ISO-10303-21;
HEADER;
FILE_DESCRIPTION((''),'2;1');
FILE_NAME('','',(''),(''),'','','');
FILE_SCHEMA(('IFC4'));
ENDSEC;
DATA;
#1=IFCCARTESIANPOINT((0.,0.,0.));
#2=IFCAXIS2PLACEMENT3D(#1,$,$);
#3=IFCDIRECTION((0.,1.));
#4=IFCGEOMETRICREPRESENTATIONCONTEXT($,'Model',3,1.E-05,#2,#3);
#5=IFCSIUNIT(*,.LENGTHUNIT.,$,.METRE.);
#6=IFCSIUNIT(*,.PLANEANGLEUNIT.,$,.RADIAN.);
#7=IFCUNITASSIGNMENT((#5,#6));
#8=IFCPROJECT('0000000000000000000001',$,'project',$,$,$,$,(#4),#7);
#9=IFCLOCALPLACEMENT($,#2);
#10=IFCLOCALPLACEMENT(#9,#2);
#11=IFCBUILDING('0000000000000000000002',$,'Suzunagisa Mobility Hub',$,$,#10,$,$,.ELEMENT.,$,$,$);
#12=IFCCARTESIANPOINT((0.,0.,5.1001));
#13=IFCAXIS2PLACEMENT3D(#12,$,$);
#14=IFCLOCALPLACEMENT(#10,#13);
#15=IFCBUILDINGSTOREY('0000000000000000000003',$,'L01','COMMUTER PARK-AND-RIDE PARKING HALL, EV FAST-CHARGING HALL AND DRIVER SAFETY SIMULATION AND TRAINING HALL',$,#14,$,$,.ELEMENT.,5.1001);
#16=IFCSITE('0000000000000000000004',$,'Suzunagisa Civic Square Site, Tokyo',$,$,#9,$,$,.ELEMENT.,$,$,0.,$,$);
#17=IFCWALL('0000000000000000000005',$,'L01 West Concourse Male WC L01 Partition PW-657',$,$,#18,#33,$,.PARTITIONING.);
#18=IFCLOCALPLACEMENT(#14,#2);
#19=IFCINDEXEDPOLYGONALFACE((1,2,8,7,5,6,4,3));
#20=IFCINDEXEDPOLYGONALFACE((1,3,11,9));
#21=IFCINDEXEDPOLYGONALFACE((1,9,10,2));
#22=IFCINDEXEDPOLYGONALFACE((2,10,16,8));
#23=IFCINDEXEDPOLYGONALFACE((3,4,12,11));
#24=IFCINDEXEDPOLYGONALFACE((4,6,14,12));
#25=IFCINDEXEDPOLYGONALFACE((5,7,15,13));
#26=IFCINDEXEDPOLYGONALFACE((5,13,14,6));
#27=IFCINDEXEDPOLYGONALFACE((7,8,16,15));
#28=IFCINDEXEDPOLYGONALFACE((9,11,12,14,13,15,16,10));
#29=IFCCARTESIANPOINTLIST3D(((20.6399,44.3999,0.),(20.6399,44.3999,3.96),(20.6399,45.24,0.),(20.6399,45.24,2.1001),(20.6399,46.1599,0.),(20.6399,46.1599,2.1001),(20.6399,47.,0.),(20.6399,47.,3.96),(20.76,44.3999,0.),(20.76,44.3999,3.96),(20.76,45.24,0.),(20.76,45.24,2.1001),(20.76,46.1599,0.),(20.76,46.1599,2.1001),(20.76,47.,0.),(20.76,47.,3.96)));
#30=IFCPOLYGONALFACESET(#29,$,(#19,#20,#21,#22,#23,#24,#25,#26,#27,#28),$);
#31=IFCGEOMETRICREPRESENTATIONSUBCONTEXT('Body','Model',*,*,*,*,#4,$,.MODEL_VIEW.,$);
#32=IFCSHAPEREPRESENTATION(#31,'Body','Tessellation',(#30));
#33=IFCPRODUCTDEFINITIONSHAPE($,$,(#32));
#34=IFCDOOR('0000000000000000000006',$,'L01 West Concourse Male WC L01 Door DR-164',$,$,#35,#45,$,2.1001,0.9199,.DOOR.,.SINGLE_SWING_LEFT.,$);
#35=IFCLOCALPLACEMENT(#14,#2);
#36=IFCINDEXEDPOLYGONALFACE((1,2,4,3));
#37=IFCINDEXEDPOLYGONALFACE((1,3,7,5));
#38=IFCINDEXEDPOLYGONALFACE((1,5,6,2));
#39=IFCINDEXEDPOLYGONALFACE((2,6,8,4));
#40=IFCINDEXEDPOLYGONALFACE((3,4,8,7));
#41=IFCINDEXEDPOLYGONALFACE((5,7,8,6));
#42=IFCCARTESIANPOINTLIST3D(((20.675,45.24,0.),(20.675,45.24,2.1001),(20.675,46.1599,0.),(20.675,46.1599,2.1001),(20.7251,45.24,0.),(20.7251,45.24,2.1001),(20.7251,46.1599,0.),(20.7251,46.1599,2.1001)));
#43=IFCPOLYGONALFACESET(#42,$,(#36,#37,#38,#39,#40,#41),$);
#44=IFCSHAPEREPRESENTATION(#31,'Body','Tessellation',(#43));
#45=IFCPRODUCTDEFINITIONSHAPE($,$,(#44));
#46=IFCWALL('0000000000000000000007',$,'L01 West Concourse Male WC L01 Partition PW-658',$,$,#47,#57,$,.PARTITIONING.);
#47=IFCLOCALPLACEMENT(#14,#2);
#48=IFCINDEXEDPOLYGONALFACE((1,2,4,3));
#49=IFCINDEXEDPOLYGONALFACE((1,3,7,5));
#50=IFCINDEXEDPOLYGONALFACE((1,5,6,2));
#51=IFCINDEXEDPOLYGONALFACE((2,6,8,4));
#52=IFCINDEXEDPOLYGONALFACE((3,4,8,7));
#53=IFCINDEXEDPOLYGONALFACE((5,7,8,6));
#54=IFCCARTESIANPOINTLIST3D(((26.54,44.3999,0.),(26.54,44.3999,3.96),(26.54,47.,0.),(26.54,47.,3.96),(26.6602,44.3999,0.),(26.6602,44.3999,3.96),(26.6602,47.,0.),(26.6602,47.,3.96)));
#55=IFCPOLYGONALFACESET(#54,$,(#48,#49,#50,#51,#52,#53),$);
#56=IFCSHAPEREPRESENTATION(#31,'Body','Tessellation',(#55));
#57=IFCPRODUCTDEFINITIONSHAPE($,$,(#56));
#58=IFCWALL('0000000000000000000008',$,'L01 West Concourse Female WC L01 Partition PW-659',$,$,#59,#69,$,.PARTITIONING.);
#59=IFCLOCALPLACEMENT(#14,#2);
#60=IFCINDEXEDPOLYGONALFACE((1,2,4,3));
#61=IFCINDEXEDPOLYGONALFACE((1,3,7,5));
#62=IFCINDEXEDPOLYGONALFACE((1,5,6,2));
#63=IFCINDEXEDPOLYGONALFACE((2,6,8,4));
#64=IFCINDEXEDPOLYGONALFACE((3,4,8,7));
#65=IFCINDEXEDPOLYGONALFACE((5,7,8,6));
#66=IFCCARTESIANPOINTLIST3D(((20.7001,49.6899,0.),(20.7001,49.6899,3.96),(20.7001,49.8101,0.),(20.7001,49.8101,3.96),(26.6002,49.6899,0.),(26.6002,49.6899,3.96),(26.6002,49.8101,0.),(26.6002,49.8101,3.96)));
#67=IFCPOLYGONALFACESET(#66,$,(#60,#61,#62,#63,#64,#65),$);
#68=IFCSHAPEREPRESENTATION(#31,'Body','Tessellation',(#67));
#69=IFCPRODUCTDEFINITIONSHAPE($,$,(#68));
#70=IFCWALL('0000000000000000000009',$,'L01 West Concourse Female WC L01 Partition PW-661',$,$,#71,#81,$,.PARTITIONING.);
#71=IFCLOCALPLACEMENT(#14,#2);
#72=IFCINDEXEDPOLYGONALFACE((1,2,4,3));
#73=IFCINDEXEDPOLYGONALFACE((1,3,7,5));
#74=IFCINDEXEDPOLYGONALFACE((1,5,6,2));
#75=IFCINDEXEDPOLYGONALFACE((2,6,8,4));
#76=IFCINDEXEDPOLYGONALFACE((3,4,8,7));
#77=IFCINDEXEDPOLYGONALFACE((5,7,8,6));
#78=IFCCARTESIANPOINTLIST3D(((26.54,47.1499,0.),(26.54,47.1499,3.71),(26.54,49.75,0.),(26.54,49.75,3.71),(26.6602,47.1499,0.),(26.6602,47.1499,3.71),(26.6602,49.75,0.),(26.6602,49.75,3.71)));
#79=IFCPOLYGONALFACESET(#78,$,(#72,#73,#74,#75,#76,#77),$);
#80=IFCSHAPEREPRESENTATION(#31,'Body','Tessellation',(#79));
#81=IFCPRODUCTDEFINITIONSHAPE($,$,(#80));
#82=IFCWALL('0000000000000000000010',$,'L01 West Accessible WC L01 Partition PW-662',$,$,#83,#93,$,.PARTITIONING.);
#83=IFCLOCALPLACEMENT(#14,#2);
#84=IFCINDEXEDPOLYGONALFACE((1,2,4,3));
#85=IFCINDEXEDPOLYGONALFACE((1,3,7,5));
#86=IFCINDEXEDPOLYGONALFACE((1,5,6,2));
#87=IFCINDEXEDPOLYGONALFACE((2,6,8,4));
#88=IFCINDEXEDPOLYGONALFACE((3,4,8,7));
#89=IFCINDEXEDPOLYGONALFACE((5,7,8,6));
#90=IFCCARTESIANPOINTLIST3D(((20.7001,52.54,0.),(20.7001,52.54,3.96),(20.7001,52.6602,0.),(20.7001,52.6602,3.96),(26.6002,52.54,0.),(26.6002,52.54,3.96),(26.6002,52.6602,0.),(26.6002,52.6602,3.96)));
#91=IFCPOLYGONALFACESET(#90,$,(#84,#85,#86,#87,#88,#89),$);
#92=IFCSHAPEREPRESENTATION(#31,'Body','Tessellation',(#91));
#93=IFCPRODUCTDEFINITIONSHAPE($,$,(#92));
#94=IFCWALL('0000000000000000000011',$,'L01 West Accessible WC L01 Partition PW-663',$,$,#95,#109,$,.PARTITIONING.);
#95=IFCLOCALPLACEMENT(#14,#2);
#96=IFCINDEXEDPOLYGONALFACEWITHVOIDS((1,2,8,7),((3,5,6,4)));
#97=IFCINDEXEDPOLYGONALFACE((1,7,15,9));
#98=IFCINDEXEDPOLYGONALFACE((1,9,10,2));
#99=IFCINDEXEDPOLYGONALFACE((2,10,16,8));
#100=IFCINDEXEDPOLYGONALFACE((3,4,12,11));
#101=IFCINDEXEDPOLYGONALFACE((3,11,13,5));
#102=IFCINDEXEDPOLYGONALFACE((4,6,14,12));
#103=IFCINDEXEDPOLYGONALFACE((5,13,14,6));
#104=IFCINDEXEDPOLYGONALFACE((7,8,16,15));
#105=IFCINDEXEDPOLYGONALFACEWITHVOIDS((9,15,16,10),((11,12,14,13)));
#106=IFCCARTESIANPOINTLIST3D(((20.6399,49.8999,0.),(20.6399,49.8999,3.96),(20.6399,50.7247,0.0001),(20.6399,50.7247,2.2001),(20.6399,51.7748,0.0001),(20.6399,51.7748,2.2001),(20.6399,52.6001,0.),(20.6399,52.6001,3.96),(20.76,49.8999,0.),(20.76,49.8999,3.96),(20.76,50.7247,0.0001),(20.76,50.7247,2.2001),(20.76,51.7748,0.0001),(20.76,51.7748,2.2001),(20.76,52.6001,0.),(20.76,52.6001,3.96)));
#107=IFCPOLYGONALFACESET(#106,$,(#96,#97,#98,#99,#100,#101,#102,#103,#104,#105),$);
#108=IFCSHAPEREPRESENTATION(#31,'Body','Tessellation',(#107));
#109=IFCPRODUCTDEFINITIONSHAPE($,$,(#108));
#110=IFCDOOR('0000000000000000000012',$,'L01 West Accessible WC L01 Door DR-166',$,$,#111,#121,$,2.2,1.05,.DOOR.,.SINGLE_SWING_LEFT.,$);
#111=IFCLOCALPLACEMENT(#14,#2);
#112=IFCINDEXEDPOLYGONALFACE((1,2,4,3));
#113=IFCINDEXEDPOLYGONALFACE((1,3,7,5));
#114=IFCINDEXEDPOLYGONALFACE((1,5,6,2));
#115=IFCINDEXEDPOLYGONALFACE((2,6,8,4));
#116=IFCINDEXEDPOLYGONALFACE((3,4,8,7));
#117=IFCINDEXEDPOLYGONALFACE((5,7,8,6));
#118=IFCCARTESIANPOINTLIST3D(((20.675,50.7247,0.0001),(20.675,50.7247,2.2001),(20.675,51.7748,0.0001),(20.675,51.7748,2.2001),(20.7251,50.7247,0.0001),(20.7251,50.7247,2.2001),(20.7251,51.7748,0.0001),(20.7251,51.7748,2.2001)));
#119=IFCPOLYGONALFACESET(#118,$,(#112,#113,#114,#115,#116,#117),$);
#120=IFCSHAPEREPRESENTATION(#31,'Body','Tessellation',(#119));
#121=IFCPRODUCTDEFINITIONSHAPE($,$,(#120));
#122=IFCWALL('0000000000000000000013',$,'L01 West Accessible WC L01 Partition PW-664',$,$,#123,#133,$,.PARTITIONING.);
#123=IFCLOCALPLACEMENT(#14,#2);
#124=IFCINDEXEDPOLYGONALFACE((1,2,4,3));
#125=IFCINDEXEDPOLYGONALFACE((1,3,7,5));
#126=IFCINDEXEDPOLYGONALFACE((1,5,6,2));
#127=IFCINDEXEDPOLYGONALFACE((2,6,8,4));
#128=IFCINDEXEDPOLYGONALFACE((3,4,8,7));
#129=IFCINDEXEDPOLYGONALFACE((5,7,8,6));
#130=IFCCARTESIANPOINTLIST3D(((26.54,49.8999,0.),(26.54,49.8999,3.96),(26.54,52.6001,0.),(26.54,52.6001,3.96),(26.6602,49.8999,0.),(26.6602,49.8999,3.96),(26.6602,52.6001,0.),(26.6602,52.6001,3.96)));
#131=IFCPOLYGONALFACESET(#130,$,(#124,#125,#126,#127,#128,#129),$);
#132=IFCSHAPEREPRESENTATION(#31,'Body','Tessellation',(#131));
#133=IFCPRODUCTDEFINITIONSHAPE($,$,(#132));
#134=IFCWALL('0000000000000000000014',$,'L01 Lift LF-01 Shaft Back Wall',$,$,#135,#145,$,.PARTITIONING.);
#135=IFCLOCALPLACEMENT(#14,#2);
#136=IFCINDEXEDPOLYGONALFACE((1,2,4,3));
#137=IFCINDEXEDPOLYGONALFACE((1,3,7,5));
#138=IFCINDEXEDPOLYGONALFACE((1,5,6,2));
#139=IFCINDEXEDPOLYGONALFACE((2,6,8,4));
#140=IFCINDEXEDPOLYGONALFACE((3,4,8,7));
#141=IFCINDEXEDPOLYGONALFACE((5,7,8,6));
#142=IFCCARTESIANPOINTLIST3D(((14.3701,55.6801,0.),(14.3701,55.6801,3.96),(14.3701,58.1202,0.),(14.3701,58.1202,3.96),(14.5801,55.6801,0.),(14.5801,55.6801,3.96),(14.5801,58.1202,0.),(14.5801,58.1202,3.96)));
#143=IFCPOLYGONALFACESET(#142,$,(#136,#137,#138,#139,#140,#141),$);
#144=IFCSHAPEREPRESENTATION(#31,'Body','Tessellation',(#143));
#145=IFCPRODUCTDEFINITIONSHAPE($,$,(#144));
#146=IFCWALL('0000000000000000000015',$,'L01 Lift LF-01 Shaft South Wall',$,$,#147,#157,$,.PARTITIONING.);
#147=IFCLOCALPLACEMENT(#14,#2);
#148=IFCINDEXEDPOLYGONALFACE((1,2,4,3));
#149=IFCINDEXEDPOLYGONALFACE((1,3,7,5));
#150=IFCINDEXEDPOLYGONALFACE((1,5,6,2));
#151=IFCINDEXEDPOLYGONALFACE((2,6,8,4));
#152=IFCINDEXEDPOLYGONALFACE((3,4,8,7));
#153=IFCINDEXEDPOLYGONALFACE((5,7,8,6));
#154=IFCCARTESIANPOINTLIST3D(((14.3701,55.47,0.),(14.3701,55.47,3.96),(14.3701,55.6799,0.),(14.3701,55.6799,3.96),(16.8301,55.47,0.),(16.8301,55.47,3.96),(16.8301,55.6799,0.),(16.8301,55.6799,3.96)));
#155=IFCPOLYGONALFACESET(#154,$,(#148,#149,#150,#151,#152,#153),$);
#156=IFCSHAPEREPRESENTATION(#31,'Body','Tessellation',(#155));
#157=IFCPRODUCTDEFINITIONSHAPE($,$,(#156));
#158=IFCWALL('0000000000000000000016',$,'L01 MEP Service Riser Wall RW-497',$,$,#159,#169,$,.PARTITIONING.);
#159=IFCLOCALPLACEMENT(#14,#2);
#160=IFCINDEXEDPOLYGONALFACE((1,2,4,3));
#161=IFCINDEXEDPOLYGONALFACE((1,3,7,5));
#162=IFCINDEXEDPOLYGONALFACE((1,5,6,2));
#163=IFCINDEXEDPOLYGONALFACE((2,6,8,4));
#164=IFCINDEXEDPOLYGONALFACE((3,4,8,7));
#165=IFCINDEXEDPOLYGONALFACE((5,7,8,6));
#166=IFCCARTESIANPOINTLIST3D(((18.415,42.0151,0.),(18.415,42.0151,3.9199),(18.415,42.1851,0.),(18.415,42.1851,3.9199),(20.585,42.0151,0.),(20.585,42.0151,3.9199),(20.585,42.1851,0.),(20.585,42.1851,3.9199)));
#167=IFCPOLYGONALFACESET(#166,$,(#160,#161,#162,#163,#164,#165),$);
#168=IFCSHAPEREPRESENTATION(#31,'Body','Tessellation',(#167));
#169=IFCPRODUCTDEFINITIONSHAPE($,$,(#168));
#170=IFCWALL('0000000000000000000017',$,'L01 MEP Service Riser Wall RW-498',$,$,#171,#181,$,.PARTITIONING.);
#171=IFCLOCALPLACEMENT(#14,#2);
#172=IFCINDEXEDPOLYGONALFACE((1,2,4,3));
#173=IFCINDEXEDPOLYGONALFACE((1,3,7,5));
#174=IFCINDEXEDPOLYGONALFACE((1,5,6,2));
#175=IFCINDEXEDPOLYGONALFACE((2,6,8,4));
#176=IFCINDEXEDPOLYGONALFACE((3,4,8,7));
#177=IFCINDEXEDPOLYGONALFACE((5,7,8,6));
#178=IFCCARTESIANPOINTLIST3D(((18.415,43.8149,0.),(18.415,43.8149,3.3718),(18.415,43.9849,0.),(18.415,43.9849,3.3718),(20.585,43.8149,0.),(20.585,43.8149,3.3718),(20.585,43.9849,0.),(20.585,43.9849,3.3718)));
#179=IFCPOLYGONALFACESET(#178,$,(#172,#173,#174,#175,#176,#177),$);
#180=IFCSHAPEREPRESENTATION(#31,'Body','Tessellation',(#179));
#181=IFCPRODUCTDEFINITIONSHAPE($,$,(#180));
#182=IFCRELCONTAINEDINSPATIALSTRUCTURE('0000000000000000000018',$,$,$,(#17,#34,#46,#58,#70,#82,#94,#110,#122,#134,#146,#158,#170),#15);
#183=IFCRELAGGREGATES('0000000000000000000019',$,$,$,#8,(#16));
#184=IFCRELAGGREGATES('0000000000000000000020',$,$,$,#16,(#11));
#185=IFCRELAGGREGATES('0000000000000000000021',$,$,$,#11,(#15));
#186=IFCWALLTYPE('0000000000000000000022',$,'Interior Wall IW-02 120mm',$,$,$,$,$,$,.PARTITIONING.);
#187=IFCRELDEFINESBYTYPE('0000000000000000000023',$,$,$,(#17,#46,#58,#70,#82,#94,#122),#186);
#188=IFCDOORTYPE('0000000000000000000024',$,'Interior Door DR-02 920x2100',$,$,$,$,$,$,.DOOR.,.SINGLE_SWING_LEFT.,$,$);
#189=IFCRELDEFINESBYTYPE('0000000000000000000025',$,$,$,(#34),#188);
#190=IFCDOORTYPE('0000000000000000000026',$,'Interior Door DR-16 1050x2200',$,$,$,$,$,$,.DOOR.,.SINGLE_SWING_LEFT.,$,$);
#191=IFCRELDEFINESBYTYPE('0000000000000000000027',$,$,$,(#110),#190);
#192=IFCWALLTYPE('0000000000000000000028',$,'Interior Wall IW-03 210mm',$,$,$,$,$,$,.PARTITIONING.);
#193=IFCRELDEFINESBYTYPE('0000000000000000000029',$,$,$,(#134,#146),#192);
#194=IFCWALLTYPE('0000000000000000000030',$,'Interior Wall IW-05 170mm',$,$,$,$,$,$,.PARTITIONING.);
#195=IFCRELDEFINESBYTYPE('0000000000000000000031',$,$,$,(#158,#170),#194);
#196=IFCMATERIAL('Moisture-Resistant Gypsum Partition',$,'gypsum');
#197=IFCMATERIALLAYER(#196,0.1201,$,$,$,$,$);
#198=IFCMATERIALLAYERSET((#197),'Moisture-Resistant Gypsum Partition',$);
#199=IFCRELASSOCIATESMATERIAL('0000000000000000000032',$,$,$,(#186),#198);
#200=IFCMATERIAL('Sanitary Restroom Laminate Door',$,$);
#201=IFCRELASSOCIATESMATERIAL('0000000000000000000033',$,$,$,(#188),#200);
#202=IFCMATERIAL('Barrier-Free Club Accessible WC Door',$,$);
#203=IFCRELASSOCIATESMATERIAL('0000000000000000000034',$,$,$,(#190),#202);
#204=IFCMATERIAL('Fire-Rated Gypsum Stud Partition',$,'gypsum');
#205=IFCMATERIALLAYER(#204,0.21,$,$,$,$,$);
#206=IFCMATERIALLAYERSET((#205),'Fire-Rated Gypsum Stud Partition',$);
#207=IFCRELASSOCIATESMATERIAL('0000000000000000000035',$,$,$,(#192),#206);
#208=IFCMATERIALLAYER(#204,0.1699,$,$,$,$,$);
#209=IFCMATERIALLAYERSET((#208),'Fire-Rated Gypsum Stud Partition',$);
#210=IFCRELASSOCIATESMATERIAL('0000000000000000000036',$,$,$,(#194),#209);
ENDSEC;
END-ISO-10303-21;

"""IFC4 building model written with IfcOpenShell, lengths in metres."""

from ifc_helpers import new_model, si_unit, direction, frame, frame_2d, origin, place, context, subcontext, project, spatial, rectangle, extrude, material, layer, layer_set, type_object, element, fill, save


model = new_model("IFC4")

# Units and contexts
model_context = context("Model", 3, precision=1e-05, world=origin(), true_north=direction((0.0, 1.0)))
body_context = subcontext(model_context, "Body", "Model", "MODEL_VIEW")
ifc_project = project(units=[si_unit("LENGTHUNIT", "METRE"), si_unit("PLANEANGLEUNIT", "RADIAN")], contexts=[model_context])

# Site, building, storey
site_placement = place(None, origin())
site = spatial("IfcSite", under=ifc_project, at=site_placement, Name="Suzunagisa Civic Square Site, Tokyo", CompositionType="ELEMENT", RefElevation=0.0)
building_placement = place(site_placement, origin())
building = spatial("IfcBuilding", under=site, at=building_placement, Name="Suzunagisa Mobility Hub", CompositionType="ELEMENT")
storey_placement = place(building_placement, frame((0.0, 0.0, 5.1001)))
storey = spatial("IfcBuildingStorey", under=building, at=storey_placement, Name="L01", Description="COMMUTER PARK-AND-RIDE PARKING HALL, EV FAST-CHARGING HALL AND DRIVER SAFETY SIMULATION AND TRAINING HALL", CompositionType="ELEMENT", Elevation=5.1001)

# Shared definitions
ifc_material_1 = material(Name="Moisture-Resistant Gypsum Partition", Category="gypsum")
ifc_layer_1 = layer(ifc_material_1, 0.1201)
ifc_layer_set_1 = layer_set([ifc_layer_1], Name="Moisture-Resistant Gypsum Partition")
wall_type_1 = type_object("IfcWallType", Name="Interior Wall IW-02 120mm", PredefinedType="PARTITIONING", material=ifc_layer_set_1)

# Wall, opening, door
wall_1_placement = place(storey_placement, frame((20.7, 44.3999, 0.0), z_axis=(0.0, 0.0, 1.0), x_axis=(0.0, 1.0, 0.0)))
wall_1 = element("IfcWall", 1, at=wall_1_placement, inside=storey, type_object=wall_type_1, Name="L01 West Concourse Male WC L01 Partition PW-657", PredefinedType="PARTITIONING", context=body_context, shape_type="SweptSolid", body=[
    extrude(rectangle(XDim=2.6001, YDim=0.1201, at=frame_2d((1.3, 0.0))), origin(), (0.0, 0.0, 1.0), 3.96),
])
opening_1_placement = place(wall_1_placement, frame((0.8401, 0.0, 0.0)))
opening_1 = element("IfcOpeningElement", 2, at=opening_1_placement, cuts=wall_1, PredefinedType="OPENING", context=body_context, shape_type="SweptSolid", body=[
    extrude(rectangle(XDim=0.9199, YDim=2.1001, at=frame_2d((0.46, 1.05))), frame((0.0, 0.071, 0.0), z_axis=(0.0, -1.0, 0.0), x_axis=(1.0, 0.0, 0.0)), (0.0, 0.0, 1.0), 0.1421),
])
ifc_material_2 = material(Name="Sanitary Restroom Laminate Door")
door_type_1 = type_object("IfcDoorType", Name="Interior Door DR-02 920x2100", OperationType="SINGLE_SWING_LEFT", PredefinedType="DOOR", material=ifc_material_2)
door_1_placement = place(opening_1_placement, origin())
door_1 = element("IfcDoor", 3, at=door_1_placement, inside=storey, type_object=door_type_1, Name="L01 West Concourse Male WC L01 Door DR-164", OperationType="SINGLE_SWING_LEFT", OverallHeight=2.1001, OverallWidth=0.9199, PredefinedType="DOOR", context=body_context, shape_type="SweptSolid", body=[
    extrude(rectangle(XDim=0.9199, YDim=2.1001, at=frame_2d((0.46, 1.05))), frame((0.0, 0.0249, 0.0), z_axis=(0.0, -1.0, 0.0), x_axis=(1.0, 0.0, 0.0)), (0.0, 0.0, 1.0), 0.05),
])
fill(opening_1, door_1)

# Walls
wall_2_placement = place(storey_placement, frame((26.6001, 44.3999, 0.0), z_axis=(0.0, 0.0, 1.0), x_axis=(0.0, 1.0, 0.0)))
element("IfcWall", 4, at=wall_2_placement, inside=storey, type_object=wall_type_1, Name="L01 West Concourse Male WC L01 Partition PW-658", PredefinedType="PARTITIONING", context=body_context, shape_type="SweptSolid", body=[
    extrude(rectangle(XDim=2.6001, YDim=0.1201, at=frame_2d((1.3, 0.0))), origin(), (0.0, 0.0, 1.0), 3.96),
])
wall_3_placement = place(storey_placement, frame((20.7, 49.75, 0.0), z_axis=(0.0, 0.0, 1.0), x_axis=(1.0, 0.0, 0.0)))
element("IfcWall", 5, at=wall_3_placement, inside=storey, type_object=wall_type_1, Name="L01 West Concourse Female WC L01 Partition PW-659", PredefinedType="PARTITIONING", context=body_context, shape_type="SweptSolid", body=[
    extrude(rectangle(XDim=5.9001, YDim=0.1201, at=frame_2d((2.9502, 0.0))), origin(), (0.0, 0.0, 1.0), 3.96),
])

# Walls
wall_4_placement = place(storey_placement, frame((26.6001, 47.1499, 0.0), z_axis=(0.0, 0.0, 1.0), x_axis=(0.0, 1.0, 0.0)))
element("IfcWall", 6, at=wall_4_placement, inside=storey, type_object=wall_type_1, Name="L01 West Concourse Female WC L01 Partition PW-661", PredefinedType="PARTITIONING", context=body_context, shape_type="SweptSolid", body=[
    extrude(rectangle(XDim=2.6001, YDim=0.1201, at=frame_2d((1.3, 0.0))), origin(), (0.0, 0.0, 1.0), 3.71),
])
wall_5_placement = place(storey_placement, frame((20.7, 52.6001, 0.0), z_axis=(0.0, 0.0, 1.0), x_axis=(1.0, 0.0, 0.0)))
element("IfcWall", 7, at=wall_5_placement, inside=storey, type_object=wall_type_1, Name="L01 West Accessible WC L01 Partition PW-662", PredefinedType="PARTITIONING", context=body_context, shape_type="SweptSolid", body=[
    extrude(rectangle(XDim=5.9001, YDim=0.1201, at=frame_2d((2.9502, 0.0))), origin(), (0.0, 0.0, 1.0), 3.96),
])

# Wall, opening, door
wall_6_placement = place(storey_placement, frame((20.7, 49.8999, 0.0), z_axis=(0.0, 0.0, 1.0), x_axis=(0.0, 1.0, 0.0)))
wall_6 = element("IfcWall", 8, at=wall_6_placement, inside=storey, type_object=wall_type_1, Name="L01 West Accessible WC L01 Partition PW-663", PredefinedType="PARTITIONING", context=body_context, shape_type="SweptSolid", body=[
    extrude(rectangle(XDim=2.7002, YDim=0.1201, at=frame_2d((1.3501, 0.0))), origin(), (0.0, 0.0, 1.0), 3.96),
])
opening_2_placement = place(wall_6_placement, frame((0.825, 0.0, 0.0)))
opening_2 = element("IfcOpeningElement", 9, at=opening_2_placement, cuts=wall_6, PredefinedType="OPENING", context=body_context, shape_type="SweptSolid", body=[
    extrude(rectangle(XDim=1.05, YDim=2.2, at=frame_2d((0.5249, 1.1001))), frame((0.0, 0.071, 0.0), z_axis=(0.0, -1.0, 0.0), x_axis=(1.0, 0.0, 0.0)), (0.0, 0.0, 1.0), 0.1421),
])
ifc_material_3 = material(Name="Barrier-Free Club Accessible WC Door")
door_type_2 = type_object("IfcDoorType", Name="Interior Door DR-16 1050x2200", OperationType="SINGLE_SWING_LEFT", PredefinedType="DOOR", material=ifc_material_3)
door_2_placement = place(opening_2_placement, origin())
door_2 = element("IfcDoor", 10, at=door_2_placement, inside=storey, type_object=door_type_2, Name="L01 West Accessible WC L01 Door DR-166", OperationType="SINGLE_SWING_LEFT", OverallHeight=2.2, OverallWidth=1.05, PredefinedType="DOOR", context=body_context, shape_type="SweptSolid", body=[
    extrude(rectangle(XDim=1.05, YDim=2.2, at=frame_2d((0.5249, 1.1001))), frame((0.0, 0.0249, 0.0), z_axis=(0.0, -1.0, 0.0), x_axis=(1.0, 0.0, 0.0)), (0.0, 0.0, 1.0), 0.05),
])
fill(opening_2, door_2)

# Walls
wall_7_placement = place(storey_placement, frame((26.6001, 49.8999, 0.0), z_axis=(0.0, 0.0, 1.0), x_axis=(0.0, 1.0, 0.0)))
element("IfcWall", 11, at=wall_7_placement, inside=storey, type_object=wall_type_1, Name="L01 West Accessible WC L01 Partition PW-664", PredefinedType="PARTITIONING", context=body_context, shape_type="SweptSolid", body=[
    extrude(rectangle(XDim=2.7002, YDim=0.1201, at=frame_2d((1.3501, 0.0))), origin(), (0.0, 0.0, 1.0), 3.96),
])
ifc_material_4 = material(Name="Fire-Rated Gypsum Stud Partition", Category="gypsum")
ifc_layer_2 = layer(ifc_material_4, 0.21)
ifc_layer_set_2 = layer_set([ifc_layer_2], Name="Fire-Rated Gypsum Stud Partition")
wall_type_2 = type_object("IfcWallType", Name="Interior Wall IW-03 210mm", PredefinedType="PARTITIONING", material=ifc_layer_set_2)
wall_8_placement = place(storey_placement, frame((14.4751, 55.6799, 0.0), z_axis=(0.0, 0.0, 1.0), x_axis=(0.0, 1.0, 0.0)))
element("IfcWall", 12, at=wall_8_placement, inside=storey, type_object=wall_type_2, Name="L01 Lift LF-01 Shaft Back Wall", PredefinedType="PARTITIONING", context=body_context, shape_type="SweptSolid", body=[
    extrude(rectangle(XDim=2.4402, YDim=0.21, at=frame_2d((1.2202, 0.0))), origin(), (0.0, 0.0, 1.0), 3.96),
])
wall_9_placement = place(storey_placement, frame((14.3701, 55.575, 0.0), z_axis=(0.0, 0.0, 1.0), x_axis=(1.0, 0.0, 0.0)))
element("IfcWall", 13, at=wall_9_placement, inside=storey, type_object=wall_type_2, Name="L01 Lift LF-01 Shaft South Wall", PredefinedType="PARTITIONING", context=body_context, shape_type="SweptSolid", body=[
    extrude(rectangle(XDim=2.46, YDim=0.21, at=frame_2d((1.23, 0.0))), origin(), (0.0, 0.0, 1.0), 3.96),
])

# Walls
ifc_layer_3 = layer(ifc_material_4, 0.1699)
ifc_layer_set_3 = layer_set([ifc_layer_3], Name="Fire-Rated Gypsum Stud Partition")
wall_type_3 = type_object("IfcWallType", Name="Interior Wall IW-05 170mm", PredefinedType="PARTITIONING", material=ifc_layer_set_3)
wall_10_placement = place(storey_placement, frame((18.415, 42.1001, 0.0), z_axis=(0.0, 0.0, 1.0), x_axis=(1.0, 0.0, 0.0)))
element("IfcWall", 14, at=wall_10_placement, inside=storey, type_object=wall_type_3, Name="L01 MEP Service Riser Wall RW-497", PredefinedType="PARTITIONING", context=body_context, shape_type="SweptSolid", body=[
    extrude(rectangle(XDim=2.1699, YDim=0.1699, at=frame_2d((1.085, 0.0))), origin(), (0.0, 0.0, 1.0), 3.9199),
])
wall_11_placement = place(storey_placement, frame((18.415, 43.8999, 0.0), z_axis=(0.0, 0.0, 1.0), x_axis=(1.0, 0.0, 0.0)))
element("IfcWall", 15, at=wall_11_placement, inside=storey, type_object=wall_type_3, Name="L01 MEP Service Riser Wall RW-498", PredefinedType="PARTITIONING", context=body_context, shape_type="SweptSolid", body=[
    extrude(rectangle(XDim=2.1699, YDim=0.1699, at=frame_2d((1.085, 0.0))), origin(), (0.0, 0.0, 1.0), 3.3718),
])

save(model, "model.ifc")
